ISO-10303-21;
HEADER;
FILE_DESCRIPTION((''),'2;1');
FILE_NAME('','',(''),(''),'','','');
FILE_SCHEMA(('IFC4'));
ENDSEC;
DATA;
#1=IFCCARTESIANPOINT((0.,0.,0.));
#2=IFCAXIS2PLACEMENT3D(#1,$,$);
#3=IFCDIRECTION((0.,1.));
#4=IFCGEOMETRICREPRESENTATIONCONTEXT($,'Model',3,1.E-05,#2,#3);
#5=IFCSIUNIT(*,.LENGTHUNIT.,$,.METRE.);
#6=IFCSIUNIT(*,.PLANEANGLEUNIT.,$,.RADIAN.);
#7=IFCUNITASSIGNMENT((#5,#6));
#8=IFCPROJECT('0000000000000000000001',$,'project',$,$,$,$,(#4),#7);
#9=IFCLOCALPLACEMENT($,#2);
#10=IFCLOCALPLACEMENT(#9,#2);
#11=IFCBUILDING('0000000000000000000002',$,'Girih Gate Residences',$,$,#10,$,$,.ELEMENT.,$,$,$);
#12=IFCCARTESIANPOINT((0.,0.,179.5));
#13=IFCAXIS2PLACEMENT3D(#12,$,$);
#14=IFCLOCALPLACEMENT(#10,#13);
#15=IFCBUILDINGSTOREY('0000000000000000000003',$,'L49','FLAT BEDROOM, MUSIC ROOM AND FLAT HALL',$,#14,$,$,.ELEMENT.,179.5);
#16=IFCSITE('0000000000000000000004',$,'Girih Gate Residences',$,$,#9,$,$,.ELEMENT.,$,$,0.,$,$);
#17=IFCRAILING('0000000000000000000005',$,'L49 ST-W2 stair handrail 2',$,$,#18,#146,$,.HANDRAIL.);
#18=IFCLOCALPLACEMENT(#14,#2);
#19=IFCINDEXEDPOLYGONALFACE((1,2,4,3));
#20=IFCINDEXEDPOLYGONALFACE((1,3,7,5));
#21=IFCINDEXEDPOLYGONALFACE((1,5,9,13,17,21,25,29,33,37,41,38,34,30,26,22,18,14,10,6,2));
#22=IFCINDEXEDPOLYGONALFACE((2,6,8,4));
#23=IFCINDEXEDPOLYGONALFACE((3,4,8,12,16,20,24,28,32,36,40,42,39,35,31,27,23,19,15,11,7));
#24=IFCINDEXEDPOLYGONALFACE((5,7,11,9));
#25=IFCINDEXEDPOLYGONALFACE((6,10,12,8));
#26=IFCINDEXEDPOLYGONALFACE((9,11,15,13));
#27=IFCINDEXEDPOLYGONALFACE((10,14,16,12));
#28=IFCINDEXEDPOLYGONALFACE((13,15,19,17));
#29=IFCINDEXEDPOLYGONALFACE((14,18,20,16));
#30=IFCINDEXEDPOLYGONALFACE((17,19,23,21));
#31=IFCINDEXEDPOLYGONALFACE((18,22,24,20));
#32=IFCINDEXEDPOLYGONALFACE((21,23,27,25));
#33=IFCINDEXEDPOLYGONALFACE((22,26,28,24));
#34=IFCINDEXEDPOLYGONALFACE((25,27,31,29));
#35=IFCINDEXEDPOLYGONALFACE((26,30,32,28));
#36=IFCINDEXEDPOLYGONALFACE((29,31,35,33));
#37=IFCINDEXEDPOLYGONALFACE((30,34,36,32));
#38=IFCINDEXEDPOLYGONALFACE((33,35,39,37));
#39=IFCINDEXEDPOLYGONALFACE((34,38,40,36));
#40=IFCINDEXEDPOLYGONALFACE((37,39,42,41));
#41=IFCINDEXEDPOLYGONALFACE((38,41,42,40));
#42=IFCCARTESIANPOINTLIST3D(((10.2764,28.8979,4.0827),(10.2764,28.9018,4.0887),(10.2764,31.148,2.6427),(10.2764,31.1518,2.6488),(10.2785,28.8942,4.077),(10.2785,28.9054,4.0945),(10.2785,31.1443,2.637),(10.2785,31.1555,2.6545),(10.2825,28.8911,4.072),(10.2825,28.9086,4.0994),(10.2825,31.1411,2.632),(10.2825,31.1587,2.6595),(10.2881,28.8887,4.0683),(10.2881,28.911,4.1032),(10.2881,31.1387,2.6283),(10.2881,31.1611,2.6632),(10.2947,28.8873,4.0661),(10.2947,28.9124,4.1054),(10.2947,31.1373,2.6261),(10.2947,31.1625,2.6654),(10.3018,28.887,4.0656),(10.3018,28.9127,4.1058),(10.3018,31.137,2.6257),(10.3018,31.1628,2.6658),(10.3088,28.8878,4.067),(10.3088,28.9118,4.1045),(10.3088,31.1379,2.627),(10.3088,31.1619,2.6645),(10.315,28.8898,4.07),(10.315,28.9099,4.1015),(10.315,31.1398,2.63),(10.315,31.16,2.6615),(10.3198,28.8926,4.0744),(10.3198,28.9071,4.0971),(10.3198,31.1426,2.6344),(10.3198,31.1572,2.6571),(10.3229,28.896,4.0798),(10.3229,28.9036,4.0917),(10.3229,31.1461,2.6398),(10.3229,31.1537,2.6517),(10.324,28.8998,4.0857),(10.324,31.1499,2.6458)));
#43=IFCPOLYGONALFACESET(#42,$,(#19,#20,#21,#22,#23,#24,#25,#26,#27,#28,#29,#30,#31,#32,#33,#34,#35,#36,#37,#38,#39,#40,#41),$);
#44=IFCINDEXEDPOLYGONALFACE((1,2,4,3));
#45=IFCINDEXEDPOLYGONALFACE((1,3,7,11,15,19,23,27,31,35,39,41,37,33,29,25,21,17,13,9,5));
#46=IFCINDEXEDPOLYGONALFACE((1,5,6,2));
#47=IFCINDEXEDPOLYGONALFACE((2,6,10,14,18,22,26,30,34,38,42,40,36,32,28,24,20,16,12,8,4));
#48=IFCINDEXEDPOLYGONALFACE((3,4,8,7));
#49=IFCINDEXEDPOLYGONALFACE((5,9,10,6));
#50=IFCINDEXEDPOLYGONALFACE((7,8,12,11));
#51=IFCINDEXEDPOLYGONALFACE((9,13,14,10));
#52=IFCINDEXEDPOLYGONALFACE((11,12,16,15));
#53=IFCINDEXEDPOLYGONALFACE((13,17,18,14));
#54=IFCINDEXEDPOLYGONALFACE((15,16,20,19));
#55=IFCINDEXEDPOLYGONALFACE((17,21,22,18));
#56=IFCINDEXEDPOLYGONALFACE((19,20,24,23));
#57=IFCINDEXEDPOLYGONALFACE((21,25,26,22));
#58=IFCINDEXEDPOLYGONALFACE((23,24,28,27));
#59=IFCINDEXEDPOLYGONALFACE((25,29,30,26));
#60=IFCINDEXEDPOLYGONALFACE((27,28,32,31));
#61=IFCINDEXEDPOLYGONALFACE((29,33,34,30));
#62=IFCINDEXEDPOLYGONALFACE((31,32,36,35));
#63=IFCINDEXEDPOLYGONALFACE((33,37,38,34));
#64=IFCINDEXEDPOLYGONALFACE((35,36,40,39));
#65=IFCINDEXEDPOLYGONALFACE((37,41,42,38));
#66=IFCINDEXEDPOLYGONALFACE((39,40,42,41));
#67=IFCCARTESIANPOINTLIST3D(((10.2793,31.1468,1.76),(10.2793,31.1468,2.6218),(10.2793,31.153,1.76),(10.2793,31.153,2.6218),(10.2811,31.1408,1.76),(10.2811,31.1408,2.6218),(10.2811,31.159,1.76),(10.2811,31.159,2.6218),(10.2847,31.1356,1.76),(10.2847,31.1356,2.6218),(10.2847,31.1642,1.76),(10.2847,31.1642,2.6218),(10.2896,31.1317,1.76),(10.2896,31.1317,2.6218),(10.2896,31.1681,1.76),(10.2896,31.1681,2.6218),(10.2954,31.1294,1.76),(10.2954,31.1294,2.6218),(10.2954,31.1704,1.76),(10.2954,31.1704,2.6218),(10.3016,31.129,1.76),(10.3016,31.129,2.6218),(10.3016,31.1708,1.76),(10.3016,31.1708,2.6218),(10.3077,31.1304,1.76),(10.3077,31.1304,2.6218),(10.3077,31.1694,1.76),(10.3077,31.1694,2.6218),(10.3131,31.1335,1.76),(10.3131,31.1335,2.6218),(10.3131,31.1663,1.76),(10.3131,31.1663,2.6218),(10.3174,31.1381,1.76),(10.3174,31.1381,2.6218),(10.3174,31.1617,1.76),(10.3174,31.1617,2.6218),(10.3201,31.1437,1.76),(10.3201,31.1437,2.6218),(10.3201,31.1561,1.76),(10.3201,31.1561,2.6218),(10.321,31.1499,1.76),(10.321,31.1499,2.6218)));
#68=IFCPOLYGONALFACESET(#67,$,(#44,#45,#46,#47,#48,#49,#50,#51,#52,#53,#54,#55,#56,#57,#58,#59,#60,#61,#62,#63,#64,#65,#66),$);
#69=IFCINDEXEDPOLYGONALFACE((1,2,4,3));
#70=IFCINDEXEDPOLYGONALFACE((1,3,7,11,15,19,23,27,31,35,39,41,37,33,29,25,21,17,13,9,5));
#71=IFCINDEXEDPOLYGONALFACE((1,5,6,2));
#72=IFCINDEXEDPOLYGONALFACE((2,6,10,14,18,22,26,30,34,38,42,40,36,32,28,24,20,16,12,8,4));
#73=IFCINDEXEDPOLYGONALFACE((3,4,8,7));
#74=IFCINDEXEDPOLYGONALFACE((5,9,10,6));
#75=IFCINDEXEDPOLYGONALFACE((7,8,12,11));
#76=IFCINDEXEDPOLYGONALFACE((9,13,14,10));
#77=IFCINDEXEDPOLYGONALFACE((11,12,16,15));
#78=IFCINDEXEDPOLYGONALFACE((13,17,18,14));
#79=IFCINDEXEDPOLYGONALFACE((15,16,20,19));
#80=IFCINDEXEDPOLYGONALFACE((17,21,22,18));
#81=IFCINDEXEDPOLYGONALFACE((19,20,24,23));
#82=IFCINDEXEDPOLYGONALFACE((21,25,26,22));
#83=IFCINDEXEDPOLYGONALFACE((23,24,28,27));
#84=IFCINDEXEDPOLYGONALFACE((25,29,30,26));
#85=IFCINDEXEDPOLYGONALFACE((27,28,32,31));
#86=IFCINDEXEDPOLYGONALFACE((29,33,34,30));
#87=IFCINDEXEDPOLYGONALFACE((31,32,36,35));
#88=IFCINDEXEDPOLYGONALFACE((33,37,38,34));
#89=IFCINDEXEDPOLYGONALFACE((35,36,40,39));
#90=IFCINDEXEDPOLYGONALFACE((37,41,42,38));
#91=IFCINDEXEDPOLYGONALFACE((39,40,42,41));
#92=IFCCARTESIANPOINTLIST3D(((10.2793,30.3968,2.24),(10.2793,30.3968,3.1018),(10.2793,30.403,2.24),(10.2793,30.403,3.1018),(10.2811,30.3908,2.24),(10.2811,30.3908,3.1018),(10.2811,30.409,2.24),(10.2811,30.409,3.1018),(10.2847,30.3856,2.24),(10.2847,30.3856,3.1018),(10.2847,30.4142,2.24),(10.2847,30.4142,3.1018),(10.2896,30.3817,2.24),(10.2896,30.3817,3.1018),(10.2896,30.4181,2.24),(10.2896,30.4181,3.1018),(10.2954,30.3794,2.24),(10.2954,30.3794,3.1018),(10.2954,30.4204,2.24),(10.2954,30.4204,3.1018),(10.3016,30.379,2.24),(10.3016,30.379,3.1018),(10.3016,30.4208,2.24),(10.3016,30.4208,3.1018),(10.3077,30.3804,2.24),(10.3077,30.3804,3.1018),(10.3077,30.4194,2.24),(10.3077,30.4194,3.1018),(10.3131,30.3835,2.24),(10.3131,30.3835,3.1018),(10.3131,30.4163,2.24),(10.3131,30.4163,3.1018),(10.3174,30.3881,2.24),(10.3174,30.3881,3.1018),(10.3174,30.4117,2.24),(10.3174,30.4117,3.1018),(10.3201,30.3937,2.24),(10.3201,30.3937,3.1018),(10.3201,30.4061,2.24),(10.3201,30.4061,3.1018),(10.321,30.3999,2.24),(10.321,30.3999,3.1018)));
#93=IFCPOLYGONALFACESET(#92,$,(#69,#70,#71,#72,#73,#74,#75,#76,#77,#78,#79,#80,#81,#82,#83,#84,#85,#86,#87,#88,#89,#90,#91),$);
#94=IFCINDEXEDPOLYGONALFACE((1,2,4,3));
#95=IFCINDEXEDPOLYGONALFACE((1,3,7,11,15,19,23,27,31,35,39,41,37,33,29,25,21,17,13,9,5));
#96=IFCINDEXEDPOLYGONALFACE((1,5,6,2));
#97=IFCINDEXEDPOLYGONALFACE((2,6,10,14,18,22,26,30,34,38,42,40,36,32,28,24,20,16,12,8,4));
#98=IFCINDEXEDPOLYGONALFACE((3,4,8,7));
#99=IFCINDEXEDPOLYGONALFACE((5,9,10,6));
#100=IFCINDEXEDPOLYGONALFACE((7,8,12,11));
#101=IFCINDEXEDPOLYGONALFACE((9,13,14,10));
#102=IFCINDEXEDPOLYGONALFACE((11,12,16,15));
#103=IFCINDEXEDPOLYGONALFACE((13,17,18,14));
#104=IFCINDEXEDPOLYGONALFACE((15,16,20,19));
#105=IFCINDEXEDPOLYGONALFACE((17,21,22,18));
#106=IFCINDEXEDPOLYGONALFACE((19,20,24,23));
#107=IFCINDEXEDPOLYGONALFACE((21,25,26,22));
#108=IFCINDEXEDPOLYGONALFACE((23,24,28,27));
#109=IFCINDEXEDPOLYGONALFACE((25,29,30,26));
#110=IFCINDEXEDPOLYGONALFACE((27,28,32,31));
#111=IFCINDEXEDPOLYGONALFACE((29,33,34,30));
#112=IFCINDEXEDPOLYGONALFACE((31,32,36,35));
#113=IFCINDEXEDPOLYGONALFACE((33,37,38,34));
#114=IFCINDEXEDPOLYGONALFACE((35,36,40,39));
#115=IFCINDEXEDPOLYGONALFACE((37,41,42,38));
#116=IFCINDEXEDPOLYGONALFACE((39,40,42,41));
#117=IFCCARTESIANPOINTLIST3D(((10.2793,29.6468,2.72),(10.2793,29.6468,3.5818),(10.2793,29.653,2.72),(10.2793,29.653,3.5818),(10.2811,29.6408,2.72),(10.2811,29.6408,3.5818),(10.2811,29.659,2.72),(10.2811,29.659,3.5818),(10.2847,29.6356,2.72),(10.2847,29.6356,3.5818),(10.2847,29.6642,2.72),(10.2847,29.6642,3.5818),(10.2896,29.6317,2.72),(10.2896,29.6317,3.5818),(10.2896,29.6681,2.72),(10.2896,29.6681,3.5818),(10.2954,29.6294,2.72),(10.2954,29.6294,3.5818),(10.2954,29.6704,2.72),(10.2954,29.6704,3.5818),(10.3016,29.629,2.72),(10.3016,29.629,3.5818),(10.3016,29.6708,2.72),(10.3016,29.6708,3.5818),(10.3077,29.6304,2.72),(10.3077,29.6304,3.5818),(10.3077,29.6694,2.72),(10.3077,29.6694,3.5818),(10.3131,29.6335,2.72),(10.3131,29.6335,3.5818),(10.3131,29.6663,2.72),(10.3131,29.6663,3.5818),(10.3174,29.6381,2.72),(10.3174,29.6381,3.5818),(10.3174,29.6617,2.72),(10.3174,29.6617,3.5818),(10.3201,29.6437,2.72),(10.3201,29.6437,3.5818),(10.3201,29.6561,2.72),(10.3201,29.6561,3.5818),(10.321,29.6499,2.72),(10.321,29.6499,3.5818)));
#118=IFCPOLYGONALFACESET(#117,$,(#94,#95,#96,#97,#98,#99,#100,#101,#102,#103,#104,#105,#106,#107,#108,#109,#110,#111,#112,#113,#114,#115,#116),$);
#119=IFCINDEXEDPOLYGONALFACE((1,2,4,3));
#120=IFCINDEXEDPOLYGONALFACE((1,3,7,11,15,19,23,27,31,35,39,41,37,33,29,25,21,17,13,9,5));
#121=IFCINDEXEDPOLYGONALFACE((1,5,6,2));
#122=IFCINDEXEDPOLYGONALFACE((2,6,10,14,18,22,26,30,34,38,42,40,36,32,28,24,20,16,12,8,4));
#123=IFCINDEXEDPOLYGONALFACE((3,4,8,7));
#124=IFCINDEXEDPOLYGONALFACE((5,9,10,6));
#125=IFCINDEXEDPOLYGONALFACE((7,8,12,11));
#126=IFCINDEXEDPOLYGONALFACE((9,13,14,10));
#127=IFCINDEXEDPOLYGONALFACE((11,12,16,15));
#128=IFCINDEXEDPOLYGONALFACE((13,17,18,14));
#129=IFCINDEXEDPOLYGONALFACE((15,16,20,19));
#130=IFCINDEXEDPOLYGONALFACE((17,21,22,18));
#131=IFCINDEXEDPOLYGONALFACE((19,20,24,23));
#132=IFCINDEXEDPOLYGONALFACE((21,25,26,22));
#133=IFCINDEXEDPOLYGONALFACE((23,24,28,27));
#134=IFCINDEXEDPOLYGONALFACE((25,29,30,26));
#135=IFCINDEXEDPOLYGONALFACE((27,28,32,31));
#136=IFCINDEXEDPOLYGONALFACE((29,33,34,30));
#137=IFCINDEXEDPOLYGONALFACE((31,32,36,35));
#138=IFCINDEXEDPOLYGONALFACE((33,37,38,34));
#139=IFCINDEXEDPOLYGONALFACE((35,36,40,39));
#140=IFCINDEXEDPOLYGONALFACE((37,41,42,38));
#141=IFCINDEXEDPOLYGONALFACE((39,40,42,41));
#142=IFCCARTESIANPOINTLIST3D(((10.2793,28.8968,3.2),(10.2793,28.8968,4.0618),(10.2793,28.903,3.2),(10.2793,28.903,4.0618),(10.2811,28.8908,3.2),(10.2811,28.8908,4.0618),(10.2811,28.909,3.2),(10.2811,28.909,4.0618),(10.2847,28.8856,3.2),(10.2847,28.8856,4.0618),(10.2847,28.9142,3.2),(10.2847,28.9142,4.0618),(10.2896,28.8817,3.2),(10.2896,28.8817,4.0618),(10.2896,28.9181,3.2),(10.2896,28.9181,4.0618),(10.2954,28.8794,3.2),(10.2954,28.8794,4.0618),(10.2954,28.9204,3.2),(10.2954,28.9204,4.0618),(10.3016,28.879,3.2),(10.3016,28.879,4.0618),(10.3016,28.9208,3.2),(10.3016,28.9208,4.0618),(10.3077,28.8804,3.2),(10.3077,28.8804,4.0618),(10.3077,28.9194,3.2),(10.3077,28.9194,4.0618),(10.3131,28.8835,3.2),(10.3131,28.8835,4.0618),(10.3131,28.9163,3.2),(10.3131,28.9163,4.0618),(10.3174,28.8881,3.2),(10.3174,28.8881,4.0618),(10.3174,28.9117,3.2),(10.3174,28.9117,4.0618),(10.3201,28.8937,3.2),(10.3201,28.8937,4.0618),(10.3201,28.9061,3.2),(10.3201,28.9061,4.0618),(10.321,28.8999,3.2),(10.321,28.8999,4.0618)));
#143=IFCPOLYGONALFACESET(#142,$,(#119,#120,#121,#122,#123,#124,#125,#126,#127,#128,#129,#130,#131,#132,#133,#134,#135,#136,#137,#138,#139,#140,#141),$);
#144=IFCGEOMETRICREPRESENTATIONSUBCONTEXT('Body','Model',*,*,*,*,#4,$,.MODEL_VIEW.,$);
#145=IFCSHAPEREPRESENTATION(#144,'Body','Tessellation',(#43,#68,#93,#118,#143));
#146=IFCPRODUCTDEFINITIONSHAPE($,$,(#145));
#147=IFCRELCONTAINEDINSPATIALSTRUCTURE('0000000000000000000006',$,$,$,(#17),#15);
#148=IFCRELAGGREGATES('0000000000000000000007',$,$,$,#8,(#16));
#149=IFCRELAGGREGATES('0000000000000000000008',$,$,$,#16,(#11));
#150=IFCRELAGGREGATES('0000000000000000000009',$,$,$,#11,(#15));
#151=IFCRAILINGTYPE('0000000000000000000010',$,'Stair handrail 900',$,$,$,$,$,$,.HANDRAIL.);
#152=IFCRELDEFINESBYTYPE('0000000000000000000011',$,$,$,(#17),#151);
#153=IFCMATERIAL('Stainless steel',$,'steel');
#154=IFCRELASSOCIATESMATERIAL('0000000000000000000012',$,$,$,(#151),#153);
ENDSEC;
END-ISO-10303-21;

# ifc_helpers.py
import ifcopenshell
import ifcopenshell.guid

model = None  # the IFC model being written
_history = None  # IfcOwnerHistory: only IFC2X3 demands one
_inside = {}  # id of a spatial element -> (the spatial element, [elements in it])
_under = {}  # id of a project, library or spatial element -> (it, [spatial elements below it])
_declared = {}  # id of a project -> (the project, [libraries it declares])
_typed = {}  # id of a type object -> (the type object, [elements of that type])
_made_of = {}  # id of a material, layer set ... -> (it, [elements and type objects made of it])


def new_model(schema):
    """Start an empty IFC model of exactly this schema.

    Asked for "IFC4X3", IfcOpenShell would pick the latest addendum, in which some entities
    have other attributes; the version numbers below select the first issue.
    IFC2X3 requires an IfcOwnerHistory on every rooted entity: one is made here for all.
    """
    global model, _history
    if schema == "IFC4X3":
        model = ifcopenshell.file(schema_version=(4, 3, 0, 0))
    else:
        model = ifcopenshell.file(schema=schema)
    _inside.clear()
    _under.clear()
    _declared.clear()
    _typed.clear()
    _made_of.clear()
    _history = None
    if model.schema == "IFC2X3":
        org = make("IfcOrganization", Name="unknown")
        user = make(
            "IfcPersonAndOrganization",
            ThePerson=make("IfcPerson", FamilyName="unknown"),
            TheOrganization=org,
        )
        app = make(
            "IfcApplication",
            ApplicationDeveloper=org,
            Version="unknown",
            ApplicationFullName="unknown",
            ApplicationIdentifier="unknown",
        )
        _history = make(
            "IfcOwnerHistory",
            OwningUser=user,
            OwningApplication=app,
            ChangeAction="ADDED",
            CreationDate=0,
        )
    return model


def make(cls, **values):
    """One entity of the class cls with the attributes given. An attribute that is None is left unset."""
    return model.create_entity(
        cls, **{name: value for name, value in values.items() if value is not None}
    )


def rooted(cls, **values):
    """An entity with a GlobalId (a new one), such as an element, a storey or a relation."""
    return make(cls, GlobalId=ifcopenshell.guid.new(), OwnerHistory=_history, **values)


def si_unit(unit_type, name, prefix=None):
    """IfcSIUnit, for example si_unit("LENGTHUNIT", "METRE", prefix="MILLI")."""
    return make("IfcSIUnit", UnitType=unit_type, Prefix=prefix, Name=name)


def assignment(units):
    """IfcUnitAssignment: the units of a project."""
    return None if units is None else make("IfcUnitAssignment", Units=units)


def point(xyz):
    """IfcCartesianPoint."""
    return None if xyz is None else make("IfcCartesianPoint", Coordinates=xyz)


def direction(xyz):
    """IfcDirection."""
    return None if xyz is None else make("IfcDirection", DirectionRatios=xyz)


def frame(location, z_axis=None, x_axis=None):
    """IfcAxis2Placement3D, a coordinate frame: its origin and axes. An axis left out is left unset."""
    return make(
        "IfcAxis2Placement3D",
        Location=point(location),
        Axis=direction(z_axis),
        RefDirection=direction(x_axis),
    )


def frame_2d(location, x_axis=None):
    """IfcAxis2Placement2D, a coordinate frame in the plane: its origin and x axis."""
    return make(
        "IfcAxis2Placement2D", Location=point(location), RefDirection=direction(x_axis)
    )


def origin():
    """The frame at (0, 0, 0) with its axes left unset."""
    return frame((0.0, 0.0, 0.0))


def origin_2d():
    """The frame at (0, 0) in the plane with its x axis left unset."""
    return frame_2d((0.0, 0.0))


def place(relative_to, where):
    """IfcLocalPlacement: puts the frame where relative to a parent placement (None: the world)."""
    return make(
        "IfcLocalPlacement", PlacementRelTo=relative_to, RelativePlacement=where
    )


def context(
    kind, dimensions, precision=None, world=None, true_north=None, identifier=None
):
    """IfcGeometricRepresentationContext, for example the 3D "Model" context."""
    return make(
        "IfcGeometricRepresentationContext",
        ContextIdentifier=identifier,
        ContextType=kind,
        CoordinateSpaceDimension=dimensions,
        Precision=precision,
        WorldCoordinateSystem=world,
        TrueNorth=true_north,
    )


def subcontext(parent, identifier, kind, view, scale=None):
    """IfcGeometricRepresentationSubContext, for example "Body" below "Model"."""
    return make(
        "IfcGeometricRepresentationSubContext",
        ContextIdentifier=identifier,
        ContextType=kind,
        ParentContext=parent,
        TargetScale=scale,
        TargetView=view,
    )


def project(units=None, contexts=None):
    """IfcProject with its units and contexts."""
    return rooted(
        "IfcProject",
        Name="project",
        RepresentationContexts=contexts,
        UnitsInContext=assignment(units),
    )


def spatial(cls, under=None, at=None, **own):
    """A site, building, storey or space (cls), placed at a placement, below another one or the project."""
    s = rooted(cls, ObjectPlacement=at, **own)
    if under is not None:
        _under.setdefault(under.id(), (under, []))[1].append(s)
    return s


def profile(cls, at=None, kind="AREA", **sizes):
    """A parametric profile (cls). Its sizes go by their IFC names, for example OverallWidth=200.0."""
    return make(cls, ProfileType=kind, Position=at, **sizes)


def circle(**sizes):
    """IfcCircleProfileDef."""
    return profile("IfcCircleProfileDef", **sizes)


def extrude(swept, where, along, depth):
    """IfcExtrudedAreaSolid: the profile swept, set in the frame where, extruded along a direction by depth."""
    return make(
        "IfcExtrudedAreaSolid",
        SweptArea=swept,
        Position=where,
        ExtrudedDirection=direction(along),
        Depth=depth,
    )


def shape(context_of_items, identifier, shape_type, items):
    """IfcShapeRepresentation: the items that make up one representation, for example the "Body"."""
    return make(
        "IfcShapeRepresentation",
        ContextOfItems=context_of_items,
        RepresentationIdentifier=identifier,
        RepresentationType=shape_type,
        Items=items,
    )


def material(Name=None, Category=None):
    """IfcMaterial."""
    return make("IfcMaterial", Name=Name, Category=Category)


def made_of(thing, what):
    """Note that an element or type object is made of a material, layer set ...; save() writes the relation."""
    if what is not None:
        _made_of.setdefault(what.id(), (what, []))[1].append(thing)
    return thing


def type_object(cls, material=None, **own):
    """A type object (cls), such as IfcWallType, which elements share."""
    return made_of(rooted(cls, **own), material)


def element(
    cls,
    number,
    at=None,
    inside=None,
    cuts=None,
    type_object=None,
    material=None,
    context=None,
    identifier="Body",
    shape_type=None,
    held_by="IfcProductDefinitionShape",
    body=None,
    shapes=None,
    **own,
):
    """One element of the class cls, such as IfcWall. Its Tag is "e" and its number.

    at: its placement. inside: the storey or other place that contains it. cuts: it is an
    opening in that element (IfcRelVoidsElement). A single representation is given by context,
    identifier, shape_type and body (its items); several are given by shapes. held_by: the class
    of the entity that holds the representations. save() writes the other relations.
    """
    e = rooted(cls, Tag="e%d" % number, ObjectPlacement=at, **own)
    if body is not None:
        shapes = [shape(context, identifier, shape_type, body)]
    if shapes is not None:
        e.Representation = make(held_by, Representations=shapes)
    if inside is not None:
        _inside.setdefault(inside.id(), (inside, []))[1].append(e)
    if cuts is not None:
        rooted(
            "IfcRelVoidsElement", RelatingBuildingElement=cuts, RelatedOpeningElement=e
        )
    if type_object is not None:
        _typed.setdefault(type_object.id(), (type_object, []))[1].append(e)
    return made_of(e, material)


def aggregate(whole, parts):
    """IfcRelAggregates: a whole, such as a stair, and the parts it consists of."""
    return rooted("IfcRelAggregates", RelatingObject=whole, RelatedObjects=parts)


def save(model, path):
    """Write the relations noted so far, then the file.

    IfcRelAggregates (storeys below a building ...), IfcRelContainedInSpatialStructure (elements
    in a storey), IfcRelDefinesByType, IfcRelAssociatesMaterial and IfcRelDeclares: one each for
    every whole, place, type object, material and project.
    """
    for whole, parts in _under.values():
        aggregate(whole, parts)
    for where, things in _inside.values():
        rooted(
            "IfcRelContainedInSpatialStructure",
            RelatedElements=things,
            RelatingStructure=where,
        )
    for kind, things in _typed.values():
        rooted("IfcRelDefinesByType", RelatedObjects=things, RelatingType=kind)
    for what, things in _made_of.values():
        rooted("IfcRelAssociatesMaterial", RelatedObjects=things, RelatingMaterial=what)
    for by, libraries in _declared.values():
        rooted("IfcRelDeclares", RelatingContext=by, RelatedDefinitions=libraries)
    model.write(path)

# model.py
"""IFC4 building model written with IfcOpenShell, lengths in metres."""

from ifc_helpers import new_model, si_unit, direction, frame, origin, origin_2d, place, context, subcontext, project, spatial, circle, extrude, material, type_object, element, save


model = new_model("IFC4")

# Units and contexts
model_context = context("Model", 3, precision=1e-05, world=origin(), true_north=direction((0.0, 1.0)))
body_context = subcontext(model_context, "Body", "Model", "MODEL_VIEW")
ifc_project = project(units=[si_unit("LENGTHUNIT", "METRE"), si_unit("PLANEANGLEUNIT", "RADIAN")], contexts=[model_context])

# Site, building, storey
site_placement = place(None, origin())
site = spatial("IfcSite", under=ifc_project, at=site_placement, Name="Girih Gate Residences", CompositionType="ELEMENT", RefElevation=0.0)
building_placement = place(site_placement, origin())
building = spatial("IfcBuilding", under=site, at=building_placement, Name="Girih Gate Residences", CompositionType="ELEMENT")
storey_placement = place(building_placement, frame((0.0, 0.0, 179.5)))
storey = spatial("IfcBuildingStorey", under=building, at=storey_placement, Name="L49", Description="FLAT BEDROOM, MUSIC ROOM AND FLAT HALL", CompositionType="ELEMENT", Elevation=179.5)

# Railing
ifc_material_1 = material(Name="Stainless steel", Category="steel")
railing_type_1 = type_object("IfcRailingType", Name="Stair handrail 900", PredefinedType="HANDRAIL", material=ifc_material_1)
railing_1_placement = place(storey_placement, frame((10.3, 31.1499, 1.76)))
element("IfcRailing", 1, at=railing_1_placement, inside=storey, type_object=railing_type_1, Name="L49 ST-W2 stair handrail 2", PredefinedType="HANDRAIL", context=body_context, shape_type="SweptSolid", body=[
    extrude(circle(Radius=0.0239, at=origin_2d()), frame((0.0, 0.0, 0.8857), z_axis=(0.0, -0.842281, 0.539038), x_axis=(1.0, 0.0, 0.0)), (0.0, 0.0, 1.0), 2.6714),
    extrude(circle(Radius=0.021, at=origin_2d()), origin(), (0.0, 0.0, 1.0), 0.8618),
    extrude(circle(Radius=0.021, at=origin_2d()), frame((0.0, -0.75, 0.48)), (0.0, 0.0, 1.0), 0.8618),
    extrude(circle(Radius=0.021, at=origin_2d()), frame((0.0, -1.5, 0.96)), (0.0, 0.0, 1.0), 0.8618),
    extrude(circle(Radius=0.021, at=origin_2d()), frame((0.0, -2.25, 1.4399)), (0.0, 0.0, 1.0), 0.8618),
])

save(model, "model.ifc")
